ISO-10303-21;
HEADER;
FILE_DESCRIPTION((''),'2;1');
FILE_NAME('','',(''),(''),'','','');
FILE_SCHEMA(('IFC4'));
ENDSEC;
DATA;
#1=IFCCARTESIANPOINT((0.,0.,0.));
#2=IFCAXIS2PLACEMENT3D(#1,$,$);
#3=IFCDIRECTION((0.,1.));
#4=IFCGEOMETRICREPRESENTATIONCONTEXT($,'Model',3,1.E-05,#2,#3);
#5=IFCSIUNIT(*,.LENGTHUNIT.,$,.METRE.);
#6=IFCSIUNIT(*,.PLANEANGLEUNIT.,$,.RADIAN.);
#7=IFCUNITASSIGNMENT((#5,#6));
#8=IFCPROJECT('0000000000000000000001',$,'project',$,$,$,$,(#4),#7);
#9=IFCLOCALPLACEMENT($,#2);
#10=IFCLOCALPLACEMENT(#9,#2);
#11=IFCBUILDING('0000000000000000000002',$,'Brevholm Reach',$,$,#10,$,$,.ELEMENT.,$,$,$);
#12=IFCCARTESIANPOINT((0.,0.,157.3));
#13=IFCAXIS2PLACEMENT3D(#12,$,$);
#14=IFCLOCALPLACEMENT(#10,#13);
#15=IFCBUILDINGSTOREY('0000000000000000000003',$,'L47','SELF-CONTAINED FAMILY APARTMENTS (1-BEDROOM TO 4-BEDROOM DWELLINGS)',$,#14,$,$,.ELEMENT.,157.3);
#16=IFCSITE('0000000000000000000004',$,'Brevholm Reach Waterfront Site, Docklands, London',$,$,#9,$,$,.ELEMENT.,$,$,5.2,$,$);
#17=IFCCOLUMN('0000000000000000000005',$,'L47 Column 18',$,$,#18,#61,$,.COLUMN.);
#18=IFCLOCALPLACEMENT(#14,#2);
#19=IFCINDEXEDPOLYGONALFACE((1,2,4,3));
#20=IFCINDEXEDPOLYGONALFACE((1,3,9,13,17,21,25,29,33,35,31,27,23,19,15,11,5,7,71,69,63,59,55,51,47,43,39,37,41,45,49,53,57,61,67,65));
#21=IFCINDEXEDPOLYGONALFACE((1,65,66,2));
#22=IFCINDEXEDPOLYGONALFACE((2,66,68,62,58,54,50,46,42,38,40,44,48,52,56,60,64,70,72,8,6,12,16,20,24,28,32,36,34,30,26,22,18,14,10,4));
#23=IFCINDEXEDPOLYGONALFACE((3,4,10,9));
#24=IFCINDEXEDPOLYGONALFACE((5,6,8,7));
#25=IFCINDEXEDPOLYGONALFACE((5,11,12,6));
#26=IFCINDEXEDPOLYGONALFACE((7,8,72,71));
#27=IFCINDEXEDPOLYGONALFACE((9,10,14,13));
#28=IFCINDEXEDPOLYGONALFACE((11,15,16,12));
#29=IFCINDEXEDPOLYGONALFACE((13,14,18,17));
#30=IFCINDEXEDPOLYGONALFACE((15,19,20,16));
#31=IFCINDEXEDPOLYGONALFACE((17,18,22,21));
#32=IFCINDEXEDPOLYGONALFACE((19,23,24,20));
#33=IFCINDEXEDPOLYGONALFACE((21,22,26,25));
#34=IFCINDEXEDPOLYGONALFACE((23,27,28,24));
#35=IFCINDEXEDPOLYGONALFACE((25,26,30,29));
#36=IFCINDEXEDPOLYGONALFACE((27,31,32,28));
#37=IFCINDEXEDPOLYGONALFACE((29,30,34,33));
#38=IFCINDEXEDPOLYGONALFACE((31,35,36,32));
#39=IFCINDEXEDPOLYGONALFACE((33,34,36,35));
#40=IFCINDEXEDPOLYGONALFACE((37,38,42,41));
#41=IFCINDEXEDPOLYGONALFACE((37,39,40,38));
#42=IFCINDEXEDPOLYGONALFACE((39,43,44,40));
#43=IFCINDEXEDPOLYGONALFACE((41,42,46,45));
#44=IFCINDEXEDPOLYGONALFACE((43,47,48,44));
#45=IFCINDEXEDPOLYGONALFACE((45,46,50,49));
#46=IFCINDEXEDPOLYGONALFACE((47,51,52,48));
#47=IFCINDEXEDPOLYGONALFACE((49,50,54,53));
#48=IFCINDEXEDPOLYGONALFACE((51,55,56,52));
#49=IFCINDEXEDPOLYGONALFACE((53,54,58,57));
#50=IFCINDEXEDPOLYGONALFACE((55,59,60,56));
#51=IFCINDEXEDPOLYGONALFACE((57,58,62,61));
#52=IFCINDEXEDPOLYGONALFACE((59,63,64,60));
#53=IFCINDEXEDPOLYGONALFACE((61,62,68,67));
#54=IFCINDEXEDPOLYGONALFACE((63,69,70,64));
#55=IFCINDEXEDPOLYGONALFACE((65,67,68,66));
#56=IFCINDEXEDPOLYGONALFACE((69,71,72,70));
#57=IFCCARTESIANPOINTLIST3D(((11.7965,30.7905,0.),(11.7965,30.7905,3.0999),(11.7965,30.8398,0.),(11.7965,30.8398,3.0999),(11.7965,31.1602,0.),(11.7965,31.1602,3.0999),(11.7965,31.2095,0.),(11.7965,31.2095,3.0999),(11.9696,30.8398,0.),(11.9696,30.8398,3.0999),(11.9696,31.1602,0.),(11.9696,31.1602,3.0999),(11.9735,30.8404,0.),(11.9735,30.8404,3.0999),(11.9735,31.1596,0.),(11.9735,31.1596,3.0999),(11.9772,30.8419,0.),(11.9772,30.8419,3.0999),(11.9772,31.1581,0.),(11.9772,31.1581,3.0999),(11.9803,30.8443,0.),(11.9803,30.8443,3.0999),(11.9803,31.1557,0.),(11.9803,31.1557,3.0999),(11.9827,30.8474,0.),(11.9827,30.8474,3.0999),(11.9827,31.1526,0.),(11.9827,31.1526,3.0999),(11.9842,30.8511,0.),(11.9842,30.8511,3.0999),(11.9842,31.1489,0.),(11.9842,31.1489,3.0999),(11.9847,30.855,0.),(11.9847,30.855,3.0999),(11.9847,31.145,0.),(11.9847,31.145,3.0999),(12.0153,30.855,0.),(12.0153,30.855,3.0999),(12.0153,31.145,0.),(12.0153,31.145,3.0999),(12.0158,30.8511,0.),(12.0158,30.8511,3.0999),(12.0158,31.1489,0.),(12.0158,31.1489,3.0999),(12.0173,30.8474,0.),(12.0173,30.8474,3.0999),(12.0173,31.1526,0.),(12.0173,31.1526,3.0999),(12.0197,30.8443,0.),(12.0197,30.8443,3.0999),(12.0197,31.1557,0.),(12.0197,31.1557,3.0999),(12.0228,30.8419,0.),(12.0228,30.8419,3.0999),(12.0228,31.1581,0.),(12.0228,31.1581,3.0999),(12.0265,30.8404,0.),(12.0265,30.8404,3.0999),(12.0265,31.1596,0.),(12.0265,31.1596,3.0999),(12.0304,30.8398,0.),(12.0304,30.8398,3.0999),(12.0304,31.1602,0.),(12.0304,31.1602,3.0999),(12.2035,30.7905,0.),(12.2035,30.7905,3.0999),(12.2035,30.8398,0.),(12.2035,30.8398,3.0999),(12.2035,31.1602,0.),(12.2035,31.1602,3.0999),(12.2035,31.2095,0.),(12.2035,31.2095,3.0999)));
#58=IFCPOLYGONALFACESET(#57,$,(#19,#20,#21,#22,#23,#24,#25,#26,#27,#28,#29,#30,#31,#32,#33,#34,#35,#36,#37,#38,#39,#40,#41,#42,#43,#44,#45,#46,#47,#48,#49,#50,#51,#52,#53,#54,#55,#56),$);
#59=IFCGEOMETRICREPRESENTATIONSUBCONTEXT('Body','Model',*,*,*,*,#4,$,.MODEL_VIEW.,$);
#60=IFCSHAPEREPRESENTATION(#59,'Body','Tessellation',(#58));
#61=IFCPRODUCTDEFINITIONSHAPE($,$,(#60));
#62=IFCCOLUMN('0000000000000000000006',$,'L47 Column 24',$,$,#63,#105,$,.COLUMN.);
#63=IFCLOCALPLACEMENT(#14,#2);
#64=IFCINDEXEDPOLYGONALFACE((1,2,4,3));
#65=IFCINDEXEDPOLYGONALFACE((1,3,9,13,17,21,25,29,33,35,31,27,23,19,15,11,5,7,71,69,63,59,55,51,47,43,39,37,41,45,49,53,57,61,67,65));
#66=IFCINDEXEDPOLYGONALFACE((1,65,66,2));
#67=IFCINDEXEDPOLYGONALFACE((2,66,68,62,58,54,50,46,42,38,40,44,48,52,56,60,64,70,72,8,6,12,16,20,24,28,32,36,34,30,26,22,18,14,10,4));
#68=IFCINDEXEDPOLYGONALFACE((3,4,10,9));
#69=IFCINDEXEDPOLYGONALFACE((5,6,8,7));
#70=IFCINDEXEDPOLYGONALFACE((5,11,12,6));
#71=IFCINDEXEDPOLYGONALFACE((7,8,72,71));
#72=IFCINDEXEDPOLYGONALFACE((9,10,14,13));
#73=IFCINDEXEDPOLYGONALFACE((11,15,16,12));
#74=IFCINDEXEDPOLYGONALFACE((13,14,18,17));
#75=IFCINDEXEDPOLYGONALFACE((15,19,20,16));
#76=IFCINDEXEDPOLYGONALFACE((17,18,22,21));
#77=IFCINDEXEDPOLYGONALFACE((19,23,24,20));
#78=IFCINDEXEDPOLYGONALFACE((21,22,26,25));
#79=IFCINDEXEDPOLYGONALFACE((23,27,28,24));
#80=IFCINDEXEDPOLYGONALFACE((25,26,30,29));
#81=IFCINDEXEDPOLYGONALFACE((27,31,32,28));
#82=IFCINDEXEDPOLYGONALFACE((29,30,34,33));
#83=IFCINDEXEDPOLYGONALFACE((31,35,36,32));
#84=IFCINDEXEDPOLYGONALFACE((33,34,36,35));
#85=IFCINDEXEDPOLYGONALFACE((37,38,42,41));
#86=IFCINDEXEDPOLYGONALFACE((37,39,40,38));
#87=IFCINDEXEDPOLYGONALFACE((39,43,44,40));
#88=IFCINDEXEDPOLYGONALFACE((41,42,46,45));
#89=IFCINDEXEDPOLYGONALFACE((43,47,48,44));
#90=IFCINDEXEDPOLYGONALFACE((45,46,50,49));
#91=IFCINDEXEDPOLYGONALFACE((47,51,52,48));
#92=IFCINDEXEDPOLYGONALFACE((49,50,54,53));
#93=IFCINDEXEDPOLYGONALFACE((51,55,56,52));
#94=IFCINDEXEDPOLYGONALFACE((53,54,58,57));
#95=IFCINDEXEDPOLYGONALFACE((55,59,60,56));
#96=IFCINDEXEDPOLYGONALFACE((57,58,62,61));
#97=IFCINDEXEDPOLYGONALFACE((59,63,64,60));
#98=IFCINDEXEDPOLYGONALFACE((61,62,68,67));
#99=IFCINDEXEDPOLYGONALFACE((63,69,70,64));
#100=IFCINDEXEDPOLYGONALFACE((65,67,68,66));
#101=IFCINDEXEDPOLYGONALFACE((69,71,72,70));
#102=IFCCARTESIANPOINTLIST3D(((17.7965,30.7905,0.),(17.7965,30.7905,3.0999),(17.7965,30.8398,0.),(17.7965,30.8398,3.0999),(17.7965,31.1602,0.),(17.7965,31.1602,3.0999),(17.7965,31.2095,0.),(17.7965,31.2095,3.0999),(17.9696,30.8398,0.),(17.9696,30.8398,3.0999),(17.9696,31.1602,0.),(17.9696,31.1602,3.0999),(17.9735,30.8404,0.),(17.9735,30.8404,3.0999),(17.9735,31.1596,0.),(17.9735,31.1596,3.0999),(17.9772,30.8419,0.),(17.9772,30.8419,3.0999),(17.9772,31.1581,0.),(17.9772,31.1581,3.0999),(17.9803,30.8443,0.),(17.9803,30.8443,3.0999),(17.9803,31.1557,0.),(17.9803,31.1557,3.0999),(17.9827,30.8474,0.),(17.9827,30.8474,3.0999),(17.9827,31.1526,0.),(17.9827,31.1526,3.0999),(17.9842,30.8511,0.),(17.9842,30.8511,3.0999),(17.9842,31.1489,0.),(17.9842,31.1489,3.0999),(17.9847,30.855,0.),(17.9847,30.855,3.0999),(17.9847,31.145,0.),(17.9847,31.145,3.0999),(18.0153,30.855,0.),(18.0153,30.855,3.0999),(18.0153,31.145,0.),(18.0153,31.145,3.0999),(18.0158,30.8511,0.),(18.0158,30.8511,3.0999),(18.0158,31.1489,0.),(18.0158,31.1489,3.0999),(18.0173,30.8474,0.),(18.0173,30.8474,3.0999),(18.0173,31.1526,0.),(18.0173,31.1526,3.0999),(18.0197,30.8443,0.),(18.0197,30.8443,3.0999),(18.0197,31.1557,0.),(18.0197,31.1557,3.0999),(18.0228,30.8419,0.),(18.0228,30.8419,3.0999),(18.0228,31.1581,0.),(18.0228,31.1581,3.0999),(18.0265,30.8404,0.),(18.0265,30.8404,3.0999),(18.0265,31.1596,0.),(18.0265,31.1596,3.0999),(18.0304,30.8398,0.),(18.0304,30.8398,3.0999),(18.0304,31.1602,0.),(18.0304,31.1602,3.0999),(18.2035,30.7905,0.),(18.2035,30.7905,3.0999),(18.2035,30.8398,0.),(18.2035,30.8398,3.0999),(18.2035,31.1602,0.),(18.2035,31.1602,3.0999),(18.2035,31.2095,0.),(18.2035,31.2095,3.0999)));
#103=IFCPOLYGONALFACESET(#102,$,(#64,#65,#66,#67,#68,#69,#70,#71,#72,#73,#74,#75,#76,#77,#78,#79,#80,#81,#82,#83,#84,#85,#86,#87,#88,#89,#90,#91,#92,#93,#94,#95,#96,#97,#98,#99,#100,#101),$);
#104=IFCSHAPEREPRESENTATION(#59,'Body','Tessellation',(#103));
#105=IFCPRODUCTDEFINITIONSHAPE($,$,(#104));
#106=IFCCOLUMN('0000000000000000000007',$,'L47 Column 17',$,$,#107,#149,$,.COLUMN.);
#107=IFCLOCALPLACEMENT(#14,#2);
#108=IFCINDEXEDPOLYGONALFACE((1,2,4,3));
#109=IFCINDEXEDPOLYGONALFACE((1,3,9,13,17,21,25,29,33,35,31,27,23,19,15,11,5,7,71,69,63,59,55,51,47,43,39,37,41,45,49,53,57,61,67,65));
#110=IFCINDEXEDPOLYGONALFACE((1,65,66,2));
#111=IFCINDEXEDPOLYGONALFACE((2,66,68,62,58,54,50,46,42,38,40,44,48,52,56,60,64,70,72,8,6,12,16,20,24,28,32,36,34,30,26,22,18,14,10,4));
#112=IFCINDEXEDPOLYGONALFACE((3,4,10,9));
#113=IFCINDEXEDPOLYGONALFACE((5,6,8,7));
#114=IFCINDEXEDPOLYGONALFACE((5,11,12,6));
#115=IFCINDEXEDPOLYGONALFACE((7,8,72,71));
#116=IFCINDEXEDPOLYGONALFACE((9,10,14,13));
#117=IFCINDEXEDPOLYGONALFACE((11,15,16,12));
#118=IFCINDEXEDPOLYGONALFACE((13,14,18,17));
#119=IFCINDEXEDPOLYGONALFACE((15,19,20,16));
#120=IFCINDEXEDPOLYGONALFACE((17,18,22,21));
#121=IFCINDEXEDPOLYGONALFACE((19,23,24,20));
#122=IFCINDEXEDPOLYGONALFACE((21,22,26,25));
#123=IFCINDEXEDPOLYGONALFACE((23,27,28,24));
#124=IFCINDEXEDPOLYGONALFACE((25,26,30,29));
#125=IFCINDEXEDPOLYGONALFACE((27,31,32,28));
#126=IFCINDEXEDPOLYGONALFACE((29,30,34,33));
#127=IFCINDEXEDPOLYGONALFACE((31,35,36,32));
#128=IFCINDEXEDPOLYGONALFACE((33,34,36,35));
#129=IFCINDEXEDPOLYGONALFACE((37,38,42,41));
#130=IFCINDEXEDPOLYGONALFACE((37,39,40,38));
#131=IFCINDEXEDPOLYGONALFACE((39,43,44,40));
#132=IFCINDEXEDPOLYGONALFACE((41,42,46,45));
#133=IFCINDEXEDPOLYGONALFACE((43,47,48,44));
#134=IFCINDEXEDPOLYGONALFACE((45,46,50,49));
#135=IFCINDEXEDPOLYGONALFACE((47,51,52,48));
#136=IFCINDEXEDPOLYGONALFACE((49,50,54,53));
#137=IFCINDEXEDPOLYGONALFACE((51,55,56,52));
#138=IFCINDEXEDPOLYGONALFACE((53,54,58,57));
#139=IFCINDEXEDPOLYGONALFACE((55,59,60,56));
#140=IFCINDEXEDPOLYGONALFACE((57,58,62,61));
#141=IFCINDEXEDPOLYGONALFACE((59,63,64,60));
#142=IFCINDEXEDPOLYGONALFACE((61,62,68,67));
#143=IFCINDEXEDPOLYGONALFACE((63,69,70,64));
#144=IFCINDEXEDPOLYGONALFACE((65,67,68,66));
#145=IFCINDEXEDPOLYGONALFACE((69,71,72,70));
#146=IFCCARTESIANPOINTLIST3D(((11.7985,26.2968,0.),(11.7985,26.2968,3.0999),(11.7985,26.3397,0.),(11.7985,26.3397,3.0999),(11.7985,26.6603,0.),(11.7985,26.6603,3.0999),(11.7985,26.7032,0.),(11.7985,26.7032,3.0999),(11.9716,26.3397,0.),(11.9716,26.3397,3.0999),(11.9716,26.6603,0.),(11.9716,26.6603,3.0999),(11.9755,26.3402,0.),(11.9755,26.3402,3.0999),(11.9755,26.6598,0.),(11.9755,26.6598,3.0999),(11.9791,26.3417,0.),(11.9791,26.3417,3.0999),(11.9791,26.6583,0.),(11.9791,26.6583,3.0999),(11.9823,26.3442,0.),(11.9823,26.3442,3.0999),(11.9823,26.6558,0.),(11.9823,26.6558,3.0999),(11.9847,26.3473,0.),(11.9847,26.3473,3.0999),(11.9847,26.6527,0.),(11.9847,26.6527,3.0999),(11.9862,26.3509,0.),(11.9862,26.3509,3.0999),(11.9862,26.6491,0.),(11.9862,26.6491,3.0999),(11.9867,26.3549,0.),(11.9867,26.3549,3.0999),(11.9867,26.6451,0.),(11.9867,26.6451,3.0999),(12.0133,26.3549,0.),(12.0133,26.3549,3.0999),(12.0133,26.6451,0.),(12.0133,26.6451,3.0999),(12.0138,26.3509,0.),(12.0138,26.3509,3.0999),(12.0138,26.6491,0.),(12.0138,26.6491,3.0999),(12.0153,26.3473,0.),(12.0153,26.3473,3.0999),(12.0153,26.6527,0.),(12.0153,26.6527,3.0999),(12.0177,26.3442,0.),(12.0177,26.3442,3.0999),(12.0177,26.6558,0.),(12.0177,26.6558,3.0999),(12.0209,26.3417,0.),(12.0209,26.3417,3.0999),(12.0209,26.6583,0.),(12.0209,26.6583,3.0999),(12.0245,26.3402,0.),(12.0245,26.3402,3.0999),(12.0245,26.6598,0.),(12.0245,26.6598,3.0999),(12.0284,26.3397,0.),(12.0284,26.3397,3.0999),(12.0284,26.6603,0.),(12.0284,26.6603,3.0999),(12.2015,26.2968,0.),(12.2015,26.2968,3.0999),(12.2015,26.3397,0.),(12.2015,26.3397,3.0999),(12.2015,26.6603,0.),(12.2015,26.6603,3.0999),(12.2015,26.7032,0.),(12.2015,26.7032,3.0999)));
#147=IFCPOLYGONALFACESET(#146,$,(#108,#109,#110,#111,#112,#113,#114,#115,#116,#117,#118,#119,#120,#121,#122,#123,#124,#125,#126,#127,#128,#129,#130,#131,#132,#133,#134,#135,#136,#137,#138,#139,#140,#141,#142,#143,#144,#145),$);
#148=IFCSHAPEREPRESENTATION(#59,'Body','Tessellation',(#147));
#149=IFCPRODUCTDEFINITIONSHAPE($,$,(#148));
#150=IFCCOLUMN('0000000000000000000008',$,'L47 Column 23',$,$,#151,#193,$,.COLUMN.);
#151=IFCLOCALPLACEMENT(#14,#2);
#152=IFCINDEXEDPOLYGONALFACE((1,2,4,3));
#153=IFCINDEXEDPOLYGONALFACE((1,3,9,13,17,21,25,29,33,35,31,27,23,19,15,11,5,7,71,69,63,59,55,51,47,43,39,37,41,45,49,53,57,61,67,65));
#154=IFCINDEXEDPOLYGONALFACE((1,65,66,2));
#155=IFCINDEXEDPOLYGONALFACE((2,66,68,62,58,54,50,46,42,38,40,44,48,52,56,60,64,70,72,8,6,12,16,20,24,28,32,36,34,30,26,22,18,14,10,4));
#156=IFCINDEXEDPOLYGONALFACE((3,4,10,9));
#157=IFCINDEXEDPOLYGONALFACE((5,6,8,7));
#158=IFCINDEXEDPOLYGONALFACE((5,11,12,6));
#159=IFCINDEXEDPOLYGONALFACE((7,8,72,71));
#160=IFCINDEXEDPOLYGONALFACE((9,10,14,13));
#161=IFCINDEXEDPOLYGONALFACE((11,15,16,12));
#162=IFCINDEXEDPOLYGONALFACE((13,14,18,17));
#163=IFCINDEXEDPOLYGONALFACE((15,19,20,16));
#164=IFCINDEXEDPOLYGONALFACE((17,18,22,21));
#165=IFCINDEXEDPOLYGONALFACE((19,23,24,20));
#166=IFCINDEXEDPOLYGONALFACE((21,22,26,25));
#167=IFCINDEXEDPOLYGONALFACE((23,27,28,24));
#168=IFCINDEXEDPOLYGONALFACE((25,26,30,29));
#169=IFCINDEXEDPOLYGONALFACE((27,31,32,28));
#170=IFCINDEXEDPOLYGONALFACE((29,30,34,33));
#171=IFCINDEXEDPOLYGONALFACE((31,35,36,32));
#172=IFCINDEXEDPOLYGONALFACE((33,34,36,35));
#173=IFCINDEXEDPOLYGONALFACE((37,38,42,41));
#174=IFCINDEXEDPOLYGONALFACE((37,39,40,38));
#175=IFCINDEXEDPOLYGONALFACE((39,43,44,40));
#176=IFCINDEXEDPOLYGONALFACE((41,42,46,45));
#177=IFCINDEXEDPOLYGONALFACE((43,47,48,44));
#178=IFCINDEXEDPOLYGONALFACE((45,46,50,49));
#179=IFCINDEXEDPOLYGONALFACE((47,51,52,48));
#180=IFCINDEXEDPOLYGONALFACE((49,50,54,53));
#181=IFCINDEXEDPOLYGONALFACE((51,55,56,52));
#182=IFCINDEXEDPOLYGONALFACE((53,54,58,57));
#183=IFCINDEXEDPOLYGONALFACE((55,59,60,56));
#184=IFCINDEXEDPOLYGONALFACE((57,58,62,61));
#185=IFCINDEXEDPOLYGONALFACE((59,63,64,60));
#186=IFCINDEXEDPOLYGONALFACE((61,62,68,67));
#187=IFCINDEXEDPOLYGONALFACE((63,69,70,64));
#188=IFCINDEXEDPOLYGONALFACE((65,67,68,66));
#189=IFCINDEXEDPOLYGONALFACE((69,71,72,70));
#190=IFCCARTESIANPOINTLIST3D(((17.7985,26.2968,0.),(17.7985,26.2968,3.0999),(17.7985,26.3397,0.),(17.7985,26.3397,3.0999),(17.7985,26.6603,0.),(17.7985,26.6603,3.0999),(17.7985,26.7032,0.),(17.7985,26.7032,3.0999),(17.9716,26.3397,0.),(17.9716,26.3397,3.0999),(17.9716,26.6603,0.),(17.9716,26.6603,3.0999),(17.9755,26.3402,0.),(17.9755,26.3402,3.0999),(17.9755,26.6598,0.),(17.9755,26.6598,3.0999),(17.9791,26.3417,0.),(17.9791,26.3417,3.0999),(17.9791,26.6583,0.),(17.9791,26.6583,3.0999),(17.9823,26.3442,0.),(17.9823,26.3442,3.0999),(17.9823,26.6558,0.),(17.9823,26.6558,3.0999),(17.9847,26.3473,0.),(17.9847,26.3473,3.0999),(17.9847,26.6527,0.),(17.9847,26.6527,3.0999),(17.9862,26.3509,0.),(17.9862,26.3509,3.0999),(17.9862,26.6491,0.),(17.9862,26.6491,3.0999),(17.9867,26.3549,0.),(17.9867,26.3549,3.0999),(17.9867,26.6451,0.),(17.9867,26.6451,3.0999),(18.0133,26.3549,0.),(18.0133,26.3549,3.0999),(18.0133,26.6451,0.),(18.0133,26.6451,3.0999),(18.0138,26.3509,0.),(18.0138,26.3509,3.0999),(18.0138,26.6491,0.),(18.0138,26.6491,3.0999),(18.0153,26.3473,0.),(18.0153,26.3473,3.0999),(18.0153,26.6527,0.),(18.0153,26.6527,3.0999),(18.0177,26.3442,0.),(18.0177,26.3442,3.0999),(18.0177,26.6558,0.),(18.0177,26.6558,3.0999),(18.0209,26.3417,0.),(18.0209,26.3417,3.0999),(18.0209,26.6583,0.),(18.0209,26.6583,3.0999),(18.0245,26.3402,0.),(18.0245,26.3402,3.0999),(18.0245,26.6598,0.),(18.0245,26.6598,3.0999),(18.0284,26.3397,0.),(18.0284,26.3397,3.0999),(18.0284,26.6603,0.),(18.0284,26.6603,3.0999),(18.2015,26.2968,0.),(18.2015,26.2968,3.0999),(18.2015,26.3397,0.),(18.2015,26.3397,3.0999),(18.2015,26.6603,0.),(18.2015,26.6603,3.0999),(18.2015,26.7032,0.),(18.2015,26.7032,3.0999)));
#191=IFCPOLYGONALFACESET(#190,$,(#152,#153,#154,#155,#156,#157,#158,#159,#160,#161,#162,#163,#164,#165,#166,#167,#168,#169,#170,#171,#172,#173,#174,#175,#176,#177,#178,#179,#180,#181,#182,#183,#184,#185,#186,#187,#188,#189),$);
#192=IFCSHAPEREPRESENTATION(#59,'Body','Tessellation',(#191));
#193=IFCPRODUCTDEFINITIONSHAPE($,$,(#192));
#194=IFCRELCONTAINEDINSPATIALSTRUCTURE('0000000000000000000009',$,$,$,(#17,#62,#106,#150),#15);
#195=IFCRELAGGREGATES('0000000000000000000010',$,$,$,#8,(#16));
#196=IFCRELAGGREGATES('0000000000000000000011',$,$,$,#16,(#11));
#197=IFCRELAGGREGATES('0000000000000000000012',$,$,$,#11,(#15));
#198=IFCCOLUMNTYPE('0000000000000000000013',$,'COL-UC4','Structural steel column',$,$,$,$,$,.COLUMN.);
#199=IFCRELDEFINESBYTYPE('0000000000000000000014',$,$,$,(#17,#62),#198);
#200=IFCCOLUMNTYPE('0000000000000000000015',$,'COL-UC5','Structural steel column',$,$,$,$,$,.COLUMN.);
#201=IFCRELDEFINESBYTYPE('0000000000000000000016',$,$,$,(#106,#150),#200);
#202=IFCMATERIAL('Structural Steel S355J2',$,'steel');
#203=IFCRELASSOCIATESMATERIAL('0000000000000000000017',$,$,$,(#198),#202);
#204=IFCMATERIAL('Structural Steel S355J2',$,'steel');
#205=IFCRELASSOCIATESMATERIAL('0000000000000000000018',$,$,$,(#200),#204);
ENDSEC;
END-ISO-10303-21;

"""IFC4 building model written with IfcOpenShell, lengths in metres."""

from ifc_helpers import new_model, si_unit, direction, frame, origin, origin_2d, place, context, subcontext, project, spatial, i_section, extrude, material, material_profile, profile_set, type_object, element, save


model = new_model("IFC4")

# Units and contexts
model_context = context("Model", 3, precision=1e-05, world=origin(), true_north=direction((0.0, 1.0)))
body_context = subcontext(model_context, "Body", "Model", "MODEL_VIEW")
ifc_project = project(units=[si_unit("LENGTHUNIT", "METRE"), si_unit("PLANEANGLEUNIT", "RADIAN")], contexts=[model_context])

# Site, building, storey
site_placement = place(None, origin())
site = spatial("IfcSite", under=ifc_project, at=site_placement, Name="Brevholm Reach Waterfront Site, Docklands, London", CompositionType="ELEMENT", RefElevation=5.2)
building_placement = place(site_placement, origin())
building = spatial("IfcBuilding", under=site, at=building_placement, Name="Brevholm Reach", CompositionType="ELEMENT")
storey_placement = place(building_placement, frame((0.0, 0.0, 157.3)))
storey = spatial("IfcBuildingStorey", under=building, at=storey_placement, Name="L47", Description="SELF-CONTAINED FAMILY APARTMENTS (1-BEDROOM TO 4-BEDROOM DWELLINGS)", CompositionType="ELEMENT", Elevation=157.3)

# Columns
ifc_material_1 = material(Name="Structural Steel S355J2", Category="steel")
ifc_material_profile_1 = material_profile(ifc_material_1, i_section(OverallWidth=0.407, OverallDepth=0.4189, WebThickness=0.0305, FlangeThickness=0.0493, FilletRadius=0.0151, at=origin_2d()), Name="UKC 356x406x393")
ifc_profile_set_1 = profile_set([ifc_material_profile_1], Name="Structural Steel S355J2")
column_type_1 = type_object("IfcColumnType", Name="COL-UC4", Description="Structural steel column", PredefinedType="COLUMN", material=ifc_profile_set_1)
for number, where, z_axis, x_axis, name in (
    (1, (12.0, 31.0, 0.0), (0.0, 0.0, 1.0), (1.0, 0.0, 0.0), "L47 Column 18"),
    (2, (18.0, 31.0, 0.0), (0.0, 0.0, 1.0), (1.0, 0.0, 0.0), "L47 Column 24"),
):
    element("IfcColumn", number, at=place(storey_placement, frame(where, z_axis=z_axis, x_axis=x_axis)), inside=storey, type_object=column_type_1, Name=name, PredefinedType="COLUMN", context=body_context, shape_type="SweptSolid", body=[
        extrude(i_section(OverallWidth=0.407, OverallDepth=0.4189, WebThickness=0.0305, FlangeThickness=0.0493, FilletRadius=0.0151, at=origin_2d()), origin(), (0.0, 0.0, 1.0), 3.0999),
    ])
ifc_material_2 = material(Name="Structural Steel S355J2", Category="steel")
ifc_material_profile_2 = material_profile(ifc_material_2, i_section(OverallWidth=0.4031, OverallDepth=0.4065, WebThickness=0.0266, FlangeThickness=0.043, FilletRadius=0.0151, at=origin_2d()), Name="UKC 356x406x340")
ifc_profile_set_2 = profile_set([ifc_material_profile_2], Name="Structural Steel S355J2")
column_type_2 = type_object("IfcColumnType", Name="COL-UC5", Description="Structural steel column", PredefinedType="COLUMN", material=ifc_profile_set_2)
for number, where, z_axis, x_axis, name in (
    (3, (12.0, 26.5, 0.0), (0.0, 0.0, 1.0), (1.0, 0.0, 0.0), "L47 Column 17"),
    (4, (18.0, 26.5, 0.0), (0.0, 0.0, 1.0), (1.0, 0.0, 0.0), "L47 Column 23"),
):
    element("IfcColumn", number, at=place(storey_placement, frame(where, z_axis=z_axis, x_axis=x_axis)), inside=storey, type_object=column_type_2, Name=name, PredefinedType="COLUMN", context=body_context, shape_type="SweptSolid", body=[
        extrude(i_section(OverallWidth=0.4031, OverallDepth=0.4065, WebThickness=0.0266, FlangeThickness=0.043, FilletRadius=0.0151, at=origin_2d()), origin(), (0.0, 0.0, 1.0), 3.0999),
    ])

save(model, "model.ifc")
